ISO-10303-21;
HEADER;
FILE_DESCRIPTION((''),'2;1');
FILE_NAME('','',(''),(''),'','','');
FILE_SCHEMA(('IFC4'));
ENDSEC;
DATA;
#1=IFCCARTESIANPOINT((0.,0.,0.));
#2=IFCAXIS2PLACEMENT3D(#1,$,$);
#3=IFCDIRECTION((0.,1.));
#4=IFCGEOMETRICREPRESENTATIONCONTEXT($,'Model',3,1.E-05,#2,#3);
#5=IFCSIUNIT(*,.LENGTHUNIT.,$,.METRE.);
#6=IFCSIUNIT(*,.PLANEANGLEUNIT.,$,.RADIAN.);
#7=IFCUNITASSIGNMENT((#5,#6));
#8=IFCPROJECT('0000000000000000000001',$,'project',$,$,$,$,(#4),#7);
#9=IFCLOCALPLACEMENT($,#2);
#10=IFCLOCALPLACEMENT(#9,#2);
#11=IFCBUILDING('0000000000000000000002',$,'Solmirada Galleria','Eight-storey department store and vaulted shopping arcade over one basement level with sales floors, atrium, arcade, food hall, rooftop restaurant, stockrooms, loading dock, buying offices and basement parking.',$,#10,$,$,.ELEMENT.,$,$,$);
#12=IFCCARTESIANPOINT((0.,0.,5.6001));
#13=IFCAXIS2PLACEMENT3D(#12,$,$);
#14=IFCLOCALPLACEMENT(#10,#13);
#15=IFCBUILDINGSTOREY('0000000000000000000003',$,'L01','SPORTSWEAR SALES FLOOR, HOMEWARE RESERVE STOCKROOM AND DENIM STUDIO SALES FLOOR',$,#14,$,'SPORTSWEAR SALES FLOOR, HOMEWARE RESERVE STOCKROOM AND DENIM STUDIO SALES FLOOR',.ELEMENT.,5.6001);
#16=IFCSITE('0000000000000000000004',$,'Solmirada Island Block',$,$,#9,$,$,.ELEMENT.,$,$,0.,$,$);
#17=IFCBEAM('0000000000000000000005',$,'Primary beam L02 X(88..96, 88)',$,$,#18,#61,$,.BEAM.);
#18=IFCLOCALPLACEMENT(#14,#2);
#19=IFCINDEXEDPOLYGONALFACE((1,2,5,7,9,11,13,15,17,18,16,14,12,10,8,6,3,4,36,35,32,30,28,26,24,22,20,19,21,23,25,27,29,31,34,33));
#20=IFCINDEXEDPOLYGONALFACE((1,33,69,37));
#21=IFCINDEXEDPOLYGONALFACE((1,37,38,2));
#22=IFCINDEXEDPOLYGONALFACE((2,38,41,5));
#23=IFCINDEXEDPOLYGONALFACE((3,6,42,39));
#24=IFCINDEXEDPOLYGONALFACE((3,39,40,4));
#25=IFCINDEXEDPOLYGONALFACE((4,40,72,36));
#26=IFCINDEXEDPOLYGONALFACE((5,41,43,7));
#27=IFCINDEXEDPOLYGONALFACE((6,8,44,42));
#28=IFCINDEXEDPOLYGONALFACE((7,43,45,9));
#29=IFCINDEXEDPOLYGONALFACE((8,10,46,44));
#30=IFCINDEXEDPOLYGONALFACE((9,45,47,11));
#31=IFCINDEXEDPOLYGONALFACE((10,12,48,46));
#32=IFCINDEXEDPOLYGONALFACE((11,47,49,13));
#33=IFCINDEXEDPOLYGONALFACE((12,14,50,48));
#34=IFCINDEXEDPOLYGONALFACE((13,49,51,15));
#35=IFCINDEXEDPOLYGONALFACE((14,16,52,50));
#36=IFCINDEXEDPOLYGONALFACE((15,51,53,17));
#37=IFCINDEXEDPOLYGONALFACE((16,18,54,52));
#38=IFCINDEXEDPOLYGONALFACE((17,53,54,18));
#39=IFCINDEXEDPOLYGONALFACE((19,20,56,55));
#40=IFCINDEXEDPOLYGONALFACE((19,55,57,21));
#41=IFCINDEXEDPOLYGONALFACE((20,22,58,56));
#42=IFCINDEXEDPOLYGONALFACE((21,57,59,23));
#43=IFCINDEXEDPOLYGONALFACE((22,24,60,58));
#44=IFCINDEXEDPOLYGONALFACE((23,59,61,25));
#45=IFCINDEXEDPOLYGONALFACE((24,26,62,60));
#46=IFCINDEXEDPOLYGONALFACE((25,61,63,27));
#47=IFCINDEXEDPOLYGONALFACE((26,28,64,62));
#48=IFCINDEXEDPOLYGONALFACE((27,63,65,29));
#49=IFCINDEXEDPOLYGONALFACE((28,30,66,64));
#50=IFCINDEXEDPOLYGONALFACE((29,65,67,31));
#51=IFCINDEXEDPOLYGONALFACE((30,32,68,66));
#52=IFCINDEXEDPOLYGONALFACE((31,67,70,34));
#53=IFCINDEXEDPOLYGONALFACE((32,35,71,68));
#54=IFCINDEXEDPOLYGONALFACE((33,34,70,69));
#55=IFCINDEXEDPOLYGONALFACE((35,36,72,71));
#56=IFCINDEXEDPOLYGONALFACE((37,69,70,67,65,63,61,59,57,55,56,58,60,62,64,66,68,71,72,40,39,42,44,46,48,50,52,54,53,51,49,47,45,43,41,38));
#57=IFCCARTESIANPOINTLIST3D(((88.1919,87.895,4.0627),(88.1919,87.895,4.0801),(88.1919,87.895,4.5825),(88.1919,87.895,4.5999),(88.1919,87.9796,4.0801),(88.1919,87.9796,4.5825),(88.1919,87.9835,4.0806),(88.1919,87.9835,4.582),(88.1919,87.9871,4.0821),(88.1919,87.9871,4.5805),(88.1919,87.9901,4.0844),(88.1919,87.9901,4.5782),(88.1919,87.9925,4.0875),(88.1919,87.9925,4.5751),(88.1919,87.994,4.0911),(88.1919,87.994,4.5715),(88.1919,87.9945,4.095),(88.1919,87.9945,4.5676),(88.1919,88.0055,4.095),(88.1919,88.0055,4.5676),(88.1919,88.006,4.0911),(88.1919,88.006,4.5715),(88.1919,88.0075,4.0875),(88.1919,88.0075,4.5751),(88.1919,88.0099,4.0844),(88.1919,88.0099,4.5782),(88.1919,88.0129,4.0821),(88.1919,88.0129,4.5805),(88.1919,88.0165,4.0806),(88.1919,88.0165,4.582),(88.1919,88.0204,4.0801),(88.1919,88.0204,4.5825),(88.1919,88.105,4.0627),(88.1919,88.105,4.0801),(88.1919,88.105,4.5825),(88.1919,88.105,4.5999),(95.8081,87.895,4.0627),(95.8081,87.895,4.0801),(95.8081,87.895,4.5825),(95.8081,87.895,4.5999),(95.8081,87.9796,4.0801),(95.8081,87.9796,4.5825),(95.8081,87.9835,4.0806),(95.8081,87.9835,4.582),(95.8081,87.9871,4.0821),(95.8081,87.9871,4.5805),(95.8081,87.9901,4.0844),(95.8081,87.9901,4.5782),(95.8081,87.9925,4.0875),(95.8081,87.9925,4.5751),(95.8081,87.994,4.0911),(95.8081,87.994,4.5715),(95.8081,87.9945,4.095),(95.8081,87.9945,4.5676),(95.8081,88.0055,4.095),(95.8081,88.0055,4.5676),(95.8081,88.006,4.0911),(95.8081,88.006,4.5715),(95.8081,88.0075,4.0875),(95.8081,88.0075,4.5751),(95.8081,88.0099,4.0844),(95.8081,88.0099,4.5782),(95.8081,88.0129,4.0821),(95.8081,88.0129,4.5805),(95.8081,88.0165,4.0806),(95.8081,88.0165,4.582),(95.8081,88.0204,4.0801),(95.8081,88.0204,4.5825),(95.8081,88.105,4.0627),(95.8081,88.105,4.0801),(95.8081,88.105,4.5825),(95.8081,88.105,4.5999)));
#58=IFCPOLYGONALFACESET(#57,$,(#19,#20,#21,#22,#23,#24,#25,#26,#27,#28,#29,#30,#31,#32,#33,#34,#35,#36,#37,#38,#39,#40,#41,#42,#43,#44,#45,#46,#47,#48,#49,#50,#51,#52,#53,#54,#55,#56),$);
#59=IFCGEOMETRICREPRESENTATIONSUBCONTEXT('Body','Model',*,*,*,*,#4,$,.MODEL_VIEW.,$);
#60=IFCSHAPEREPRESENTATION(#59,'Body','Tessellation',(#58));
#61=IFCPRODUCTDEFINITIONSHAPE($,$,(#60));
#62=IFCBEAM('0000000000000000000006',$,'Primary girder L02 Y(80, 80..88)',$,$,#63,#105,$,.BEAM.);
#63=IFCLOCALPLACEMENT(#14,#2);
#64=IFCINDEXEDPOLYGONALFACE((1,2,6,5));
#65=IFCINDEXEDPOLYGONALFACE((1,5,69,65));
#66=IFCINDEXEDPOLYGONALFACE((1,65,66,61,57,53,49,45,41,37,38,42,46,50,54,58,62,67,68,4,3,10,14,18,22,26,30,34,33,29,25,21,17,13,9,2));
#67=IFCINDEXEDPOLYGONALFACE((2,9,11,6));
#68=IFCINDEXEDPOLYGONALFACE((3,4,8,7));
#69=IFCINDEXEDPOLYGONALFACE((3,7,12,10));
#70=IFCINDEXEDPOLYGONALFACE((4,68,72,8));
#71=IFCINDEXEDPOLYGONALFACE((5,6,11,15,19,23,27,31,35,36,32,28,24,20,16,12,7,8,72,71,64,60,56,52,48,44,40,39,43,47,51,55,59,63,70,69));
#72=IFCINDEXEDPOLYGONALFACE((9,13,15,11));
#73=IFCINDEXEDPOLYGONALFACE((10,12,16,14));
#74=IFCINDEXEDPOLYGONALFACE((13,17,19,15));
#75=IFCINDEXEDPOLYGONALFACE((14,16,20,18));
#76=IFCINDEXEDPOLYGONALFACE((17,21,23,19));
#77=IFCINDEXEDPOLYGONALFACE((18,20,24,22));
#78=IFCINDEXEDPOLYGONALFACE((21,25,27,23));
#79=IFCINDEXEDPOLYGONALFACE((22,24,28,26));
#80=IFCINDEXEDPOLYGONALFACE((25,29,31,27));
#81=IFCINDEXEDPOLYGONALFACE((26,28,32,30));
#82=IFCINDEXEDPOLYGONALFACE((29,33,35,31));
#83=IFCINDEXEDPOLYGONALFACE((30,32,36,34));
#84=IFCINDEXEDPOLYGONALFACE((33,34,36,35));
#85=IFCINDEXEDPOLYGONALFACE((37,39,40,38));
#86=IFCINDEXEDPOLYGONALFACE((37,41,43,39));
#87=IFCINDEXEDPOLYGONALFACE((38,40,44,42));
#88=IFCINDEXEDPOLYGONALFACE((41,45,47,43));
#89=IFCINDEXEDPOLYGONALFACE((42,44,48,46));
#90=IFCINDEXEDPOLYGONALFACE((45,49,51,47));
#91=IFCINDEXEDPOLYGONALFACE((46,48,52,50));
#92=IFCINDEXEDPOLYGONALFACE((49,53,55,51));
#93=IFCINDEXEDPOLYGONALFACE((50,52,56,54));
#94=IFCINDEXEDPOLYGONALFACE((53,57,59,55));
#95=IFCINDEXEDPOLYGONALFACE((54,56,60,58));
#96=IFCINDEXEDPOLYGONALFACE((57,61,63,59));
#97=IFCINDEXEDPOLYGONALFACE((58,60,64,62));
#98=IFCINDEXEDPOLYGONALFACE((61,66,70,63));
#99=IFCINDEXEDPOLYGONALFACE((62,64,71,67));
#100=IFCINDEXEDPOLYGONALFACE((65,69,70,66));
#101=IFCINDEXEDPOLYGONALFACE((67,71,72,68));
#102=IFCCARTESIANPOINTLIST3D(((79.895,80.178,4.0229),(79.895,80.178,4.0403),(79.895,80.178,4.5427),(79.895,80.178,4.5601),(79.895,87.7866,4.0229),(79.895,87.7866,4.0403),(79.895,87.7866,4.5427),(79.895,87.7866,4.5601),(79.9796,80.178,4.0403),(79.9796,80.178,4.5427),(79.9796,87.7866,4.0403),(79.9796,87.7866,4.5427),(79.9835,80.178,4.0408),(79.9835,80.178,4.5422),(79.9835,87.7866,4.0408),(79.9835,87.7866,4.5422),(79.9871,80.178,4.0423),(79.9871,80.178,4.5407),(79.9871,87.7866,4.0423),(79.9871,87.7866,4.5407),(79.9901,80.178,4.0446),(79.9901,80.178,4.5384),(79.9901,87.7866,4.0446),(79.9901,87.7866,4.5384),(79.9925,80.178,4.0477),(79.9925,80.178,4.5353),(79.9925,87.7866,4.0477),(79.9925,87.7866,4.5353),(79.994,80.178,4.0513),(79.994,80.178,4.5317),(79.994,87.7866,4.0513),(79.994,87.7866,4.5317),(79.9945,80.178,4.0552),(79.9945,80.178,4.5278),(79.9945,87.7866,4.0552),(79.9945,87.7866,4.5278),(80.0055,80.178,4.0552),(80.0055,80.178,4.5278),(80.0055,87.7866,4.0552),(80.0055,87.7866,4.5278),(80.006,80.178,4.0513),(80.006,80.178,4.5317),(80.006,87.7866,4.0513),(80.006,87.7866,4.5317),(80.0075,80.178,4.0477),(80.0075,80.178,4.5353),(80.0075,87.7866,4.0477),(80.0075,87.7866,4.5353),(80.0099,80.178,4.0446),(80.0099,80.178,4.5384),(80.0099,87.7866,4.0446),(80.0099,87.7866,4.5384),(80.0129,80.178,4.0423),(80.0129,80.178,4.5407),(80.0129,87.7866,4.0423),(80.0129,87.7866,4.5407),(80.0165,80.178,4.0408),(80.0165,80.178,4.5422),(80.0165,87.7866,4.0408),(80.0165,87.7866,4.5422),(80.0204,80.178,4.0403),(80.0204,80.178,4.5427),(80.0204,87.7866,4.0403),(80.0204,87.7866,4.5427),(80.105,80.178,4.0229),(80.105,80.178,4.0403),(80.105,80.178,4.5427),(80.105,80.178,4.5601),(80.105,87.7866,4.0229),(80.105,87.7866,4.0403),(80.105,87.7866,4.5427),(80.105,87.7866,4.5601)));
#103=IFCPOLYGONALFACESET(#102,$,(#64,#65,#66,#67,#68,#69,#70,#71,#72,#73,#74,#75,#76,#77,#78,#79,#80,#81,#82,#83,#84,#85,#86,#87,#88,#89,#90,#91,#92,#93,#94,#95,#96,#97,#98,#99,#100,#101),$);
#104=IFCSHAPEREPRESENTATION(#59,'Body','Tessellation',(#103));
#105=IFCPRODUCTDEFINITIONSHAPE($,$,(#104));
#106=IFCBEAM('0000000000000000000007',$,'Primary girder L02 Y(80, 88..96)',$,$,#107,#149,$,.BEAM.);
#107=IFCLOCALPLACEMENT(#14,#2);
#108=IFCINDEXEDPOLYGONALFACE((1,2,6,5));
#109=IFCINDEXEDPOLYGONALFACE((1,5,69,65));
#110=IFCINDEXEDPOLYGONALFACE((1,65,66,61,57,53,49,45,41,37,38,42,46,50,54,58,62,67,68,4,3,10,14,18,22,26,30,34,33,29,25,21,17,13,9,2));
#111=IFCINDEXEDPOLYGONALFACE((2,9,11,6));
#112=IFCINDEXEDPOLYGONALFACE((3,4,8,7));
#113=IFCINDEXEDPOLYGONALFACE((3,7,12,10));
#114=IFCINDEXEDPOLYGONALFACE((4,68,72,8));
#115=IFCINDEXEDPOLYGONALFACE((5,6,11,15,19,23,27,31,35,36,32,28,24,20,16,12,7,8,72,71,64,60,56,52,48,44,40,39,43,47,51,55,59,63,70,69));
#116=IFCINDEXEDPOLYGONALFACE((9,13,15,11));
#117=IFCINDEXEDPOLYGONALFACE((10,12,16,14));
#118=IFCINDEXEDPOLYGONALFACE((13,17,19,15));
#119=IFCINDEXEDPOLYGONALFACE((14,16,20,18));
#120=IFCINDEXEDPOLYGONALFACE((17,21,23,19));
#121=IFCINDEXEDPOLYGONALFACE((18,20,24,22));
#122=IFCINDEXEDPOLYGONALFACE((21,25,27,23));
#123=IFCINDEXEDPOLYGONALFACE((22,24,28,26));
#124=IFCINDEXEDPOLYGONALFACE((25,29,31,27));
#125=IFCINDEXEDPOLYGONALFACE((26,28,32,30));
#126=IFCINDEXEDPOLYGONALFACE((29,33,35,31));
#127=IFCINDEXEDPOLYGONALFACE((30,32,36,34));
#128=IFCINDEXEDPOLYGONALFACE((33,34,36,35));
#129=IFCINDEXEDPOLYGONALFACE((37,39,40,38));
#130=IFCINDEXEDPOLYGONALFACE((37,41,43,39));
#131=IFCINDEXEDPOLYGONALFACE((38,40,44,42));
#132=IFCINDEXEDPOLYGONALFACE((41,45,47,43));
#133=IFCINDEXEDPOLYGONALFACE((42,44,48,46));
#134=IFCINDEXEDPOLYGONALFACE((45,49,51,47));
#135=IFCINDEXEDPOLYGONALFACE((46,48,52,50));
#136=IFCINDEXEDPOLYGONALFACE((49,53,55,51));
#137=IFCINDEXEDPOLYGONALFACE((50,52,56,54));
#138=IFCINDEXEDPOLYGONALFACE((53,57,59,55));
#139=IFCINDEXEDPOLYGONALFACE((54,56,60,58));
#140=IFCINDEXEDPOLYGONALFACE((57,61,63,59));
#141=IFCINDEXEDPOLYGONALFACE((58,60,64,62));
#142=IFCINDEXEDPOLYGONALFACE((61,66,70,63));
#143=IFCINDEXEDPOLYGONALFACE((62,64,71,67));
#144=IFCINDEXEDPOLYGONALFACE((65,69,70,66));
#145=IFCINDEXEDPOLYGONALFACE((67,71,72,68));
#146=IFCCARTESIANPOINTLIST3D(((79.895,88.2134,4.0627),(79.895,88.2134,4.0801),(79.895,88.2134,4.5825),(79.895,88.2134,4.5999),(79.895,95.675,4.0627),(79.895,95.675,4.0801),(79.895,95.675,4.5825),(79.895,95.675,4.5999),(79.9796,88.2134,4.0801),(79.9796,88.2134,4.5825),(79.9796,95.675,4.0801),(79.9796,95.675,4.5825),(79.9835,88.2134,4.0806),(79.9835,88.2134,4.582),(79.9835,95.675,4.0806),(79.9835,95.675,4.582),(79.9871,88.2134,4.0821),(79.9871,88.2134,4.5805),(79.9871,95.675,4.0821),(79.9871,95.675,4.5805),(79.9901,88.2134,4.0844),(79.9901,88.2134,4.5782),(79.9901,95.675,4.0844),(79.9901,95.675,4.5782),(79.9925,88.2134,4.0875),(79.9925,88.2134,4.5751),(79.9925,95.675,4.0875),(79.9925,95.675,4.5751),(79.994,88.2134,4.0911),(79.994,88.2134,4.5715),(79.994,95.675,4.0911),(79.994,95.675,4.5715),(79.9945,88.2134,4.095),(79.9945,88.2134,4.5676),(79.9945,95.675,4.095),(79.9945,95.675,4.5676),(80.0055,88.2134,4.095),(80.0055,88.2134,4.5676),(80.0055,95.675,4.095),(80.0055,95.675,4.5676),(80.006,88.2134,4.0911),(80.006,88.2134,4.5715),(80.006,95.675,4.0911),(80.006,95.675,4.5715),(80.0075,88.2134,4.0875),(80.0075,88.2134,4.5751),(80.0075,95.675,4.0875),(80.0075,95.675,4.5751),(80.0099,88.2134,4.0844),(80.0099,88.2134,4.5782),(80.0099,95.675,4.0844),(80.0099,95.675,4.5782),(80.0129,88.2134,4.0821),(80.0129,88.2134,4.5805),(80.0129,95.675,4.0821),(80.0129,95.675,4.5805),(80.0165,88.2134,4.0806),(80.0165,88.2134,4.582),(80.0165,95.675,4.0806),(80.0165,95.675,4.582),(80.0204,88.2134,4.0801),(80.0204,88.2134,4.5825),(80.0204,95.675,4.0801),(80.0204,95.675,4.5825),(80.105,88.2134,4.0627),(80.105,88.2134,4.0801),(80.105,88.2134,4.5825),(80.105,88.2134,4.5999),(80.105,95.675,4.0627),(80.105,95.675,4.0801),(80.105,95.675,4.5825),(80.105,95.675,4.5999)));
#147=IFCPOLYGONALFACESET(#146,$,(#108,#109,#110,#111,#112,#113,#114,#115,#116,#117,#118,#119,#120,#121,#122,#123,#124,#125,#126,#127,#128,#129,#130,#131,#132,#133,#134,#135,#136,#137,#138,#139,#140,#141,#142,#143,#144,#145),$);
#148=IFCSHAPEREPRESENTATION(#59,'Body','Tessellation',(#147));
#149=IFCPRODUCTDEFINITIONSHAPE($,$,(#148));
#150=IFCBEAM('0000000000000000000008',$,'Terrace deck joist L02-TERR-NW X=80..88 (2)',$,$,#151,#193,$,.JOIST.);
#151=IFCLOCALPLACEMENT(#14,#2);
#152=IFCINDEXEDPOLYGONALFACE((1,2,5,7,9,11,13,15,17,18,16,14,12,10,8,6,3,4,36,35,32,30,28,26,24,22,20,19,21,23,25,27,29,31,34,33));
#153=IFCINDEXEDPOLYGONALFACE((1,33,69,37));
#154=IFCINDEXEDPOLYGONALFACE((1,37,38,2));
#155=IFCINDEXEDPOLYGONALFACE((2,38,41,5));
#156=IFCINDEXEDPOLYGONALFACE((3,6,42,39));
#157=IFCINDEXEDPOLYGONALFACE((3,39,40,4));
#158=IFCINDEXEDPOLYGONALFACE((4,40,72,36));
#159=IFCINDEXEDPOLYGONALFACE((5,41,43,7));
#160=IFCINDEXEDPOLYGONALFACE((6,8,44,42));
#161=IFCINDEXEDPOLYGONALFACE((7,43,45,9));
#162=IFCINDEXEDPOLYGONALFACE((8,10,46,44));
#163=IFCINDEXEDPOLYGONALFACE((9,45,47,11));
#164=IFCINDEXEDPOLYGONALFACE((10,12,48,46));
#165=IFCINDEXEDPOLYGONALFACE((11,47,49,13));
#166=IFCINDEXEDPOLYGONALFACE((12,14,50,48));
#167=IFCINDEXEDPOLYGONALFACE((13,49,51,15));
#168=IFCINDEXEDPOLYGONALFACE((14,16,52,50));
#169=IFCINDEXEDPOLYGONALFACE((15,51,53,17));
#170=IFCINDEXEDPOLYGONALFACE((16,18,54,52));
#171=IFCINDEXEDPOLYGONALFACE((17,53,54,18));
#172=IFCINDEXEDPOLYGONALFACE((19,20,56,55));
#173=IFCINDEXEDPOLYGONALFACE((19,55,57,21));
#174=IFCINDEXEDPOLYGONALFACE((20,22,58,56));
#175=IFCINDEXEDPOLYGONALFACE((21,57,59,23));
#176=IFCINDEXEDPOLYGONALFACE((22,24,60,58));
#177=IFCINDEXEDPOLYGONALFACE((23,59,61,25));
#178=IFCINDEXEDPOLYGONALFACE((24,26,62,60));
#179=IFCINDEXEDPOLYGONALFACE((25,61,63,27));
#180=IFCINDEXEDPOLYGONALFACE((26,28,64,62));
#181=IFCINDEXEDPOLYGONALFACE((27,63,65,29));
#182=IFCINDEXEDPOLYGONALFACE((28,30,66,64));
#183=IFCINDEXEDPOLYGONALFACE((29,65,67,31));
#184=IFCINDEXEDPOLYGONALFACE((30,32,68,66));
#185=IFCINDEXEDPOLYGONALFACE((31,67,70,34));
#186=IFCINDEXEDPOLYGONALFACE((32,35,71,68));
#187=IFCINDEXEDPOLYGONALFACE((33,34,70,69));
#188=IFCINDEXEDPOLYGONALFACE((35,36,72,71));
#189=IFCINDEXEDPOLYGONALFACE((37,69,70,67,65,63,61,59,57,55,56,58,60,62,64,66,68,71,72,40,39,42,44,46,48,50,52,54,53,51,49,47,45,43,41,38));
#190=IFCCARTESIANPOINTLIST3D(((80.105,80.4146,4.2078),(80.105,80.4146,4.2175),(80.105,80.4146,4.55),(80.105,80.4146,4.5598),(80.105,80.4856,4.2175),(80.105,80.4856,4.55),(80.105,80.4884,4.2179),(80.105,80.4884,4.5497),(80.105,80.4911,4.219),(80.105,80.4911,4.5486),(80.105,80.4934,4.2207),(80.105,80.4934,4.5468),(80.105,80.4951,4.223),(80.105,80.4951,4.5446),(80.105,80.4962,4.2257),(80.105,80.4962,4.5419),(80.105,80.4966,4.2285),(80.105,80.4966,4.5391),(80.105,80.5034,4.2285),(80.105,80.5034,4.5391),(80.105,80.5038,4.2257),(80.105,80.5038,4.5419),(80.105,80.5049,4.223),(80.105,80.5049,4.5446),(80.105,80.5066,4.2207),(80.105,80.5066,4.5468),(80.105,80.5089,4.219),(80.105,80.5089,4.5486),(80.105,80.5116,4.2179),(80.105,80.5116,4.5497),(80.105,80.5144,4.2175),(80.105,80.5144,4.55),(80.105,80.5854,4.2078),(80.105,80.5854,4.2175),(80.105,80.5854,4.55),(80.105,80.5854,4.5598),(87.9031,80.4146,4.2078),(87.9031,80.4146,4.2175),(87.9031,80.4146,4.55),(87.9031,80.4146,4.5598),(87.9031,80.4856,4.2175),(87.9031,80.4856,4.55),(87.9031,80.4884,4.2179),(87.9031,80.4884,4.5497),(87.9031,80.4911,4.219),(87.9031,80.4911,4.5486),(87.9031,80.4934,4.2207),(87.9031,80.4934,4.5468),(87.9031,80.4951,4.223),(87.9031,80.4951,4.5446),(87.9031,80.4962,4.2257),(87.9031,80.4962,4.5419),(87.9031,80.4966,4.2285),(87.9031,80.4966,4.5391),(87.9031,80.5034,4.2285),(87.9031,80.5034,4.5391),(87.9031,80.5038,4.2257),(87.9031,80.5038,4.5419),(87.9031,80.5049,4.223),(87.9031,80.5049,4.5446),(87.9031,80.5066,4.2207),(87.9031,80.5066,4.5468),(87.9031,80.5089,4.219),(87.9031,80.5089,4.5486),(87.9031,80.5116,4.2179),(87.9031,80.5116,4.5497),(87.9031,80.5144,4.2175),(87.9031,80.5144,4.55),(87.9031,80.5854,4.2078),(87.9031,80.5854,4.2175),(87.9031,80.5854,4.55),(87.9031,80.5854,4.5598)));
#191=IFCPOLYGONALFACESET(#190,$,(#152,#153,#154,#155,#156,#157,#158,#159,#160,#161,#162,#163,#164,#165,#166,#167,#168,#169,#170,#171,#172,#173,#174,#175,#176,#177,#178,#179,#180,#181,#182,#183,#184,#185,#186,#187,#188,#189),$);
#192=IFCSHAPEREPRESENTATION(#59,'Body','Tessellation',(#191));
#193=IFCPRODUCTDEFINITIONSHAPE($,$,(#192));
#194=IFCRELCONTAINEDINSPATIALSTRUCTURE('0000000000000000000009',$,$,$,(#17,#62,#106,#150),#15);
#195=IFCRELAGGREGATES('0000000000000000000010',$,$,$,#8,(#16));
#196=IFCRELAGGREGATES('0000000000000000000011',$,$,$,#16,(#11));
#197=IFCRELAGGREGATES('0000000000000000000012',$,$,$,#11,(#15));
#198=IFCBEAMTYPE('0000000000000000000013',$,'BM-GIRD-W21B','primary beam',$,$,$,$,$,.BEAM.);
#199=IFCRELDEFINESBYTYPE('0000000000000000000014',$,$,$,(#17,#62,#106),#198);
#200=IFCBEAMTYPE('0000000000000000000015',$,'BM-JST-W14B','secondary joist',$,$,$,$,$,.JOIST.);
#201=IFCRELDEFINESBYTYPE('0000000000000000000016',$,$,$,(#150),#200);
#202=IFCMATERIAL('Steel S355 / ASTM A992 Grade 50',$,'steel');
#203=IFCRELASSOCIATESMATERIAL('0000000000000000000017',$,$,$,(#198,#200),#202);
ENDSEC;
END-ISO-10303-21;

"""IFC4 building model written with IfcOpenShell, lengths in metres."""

from ifc_helpers import new_model, si_unit, direction, frame, origin, origin_2d, place, context, subcontext, project, spatial, i_section, extrude, material, material_profile, profile_set, type_object, element, save


model = new_model("IFC4")

# Units and contexts
model_context = context("Model", 3, precision=1e-05, world=origin(), true_north=direction((0.0, 1.0)))
body_context = subcontext(model_context, "Body", "Model", "MODEL_VIEW")
ifc_project = project(units=[si_unit("LENGTHUNIT", "METRE"), si_unit("PLANEANGLEUNIT", "RADIAN")], contexts=[model_context])

# Site, building, storey
site_placement = place(None, origin())
site = spatial("IfcSite", under=ifc_project, at=site_placement, Name="Solmirada Island Block", CompositionType="ELEMENT", RefElevation=0.0)
building_placement = place(site_placement, origin())
building = spatial("IfcBuilding", under=site, at=building_placement, Name="Solmirada Galleria", Description="Eight-storey department store and vaulted shopping arcade over one basement level with sales floors, atrium, arcade, food hall, rooftop restaurant, stockrooms, loading dock, buying offices and basement parking.", CompositionType="ELEMENT")
storey_placement = place(building_placement, frame((0.0, 0.0, 5.6001)))
storey = spatial("IfcBuildingStorey", under=building, at=storey_placement, Name="L01", Description="SPORTSWEAR SALES FLOOR, HOMEWARE RESERVE STOCKROOM AND DENIM STUDIO SALES FLOOR", LongName="SPORTSWEAR SALES FLOOR, HOMEWARE RESERVE STOCKROOM AND DENIM STUDIO SALES FLOOR", CompositionType="ELEMENT", Elevation=5.6001)

# Beams
ifc_material_1 = material(Name="Steel S355 / ASTM A992 Grade 50", Category="steel")
ifc_material_profile_1 = material_profile(ifc_material_1, i_section(OverallWidth=0.21, OverallDepth=0.5371, WebThickness=0.011, FlangeThickness=0.0173, FilletRadius=0.0149, at=origin_2d()), Name="W21X68")
ifc_profile_set_1 = profile_set([ifc_material_profile_1], Name="Steel S355 / ASTM A992 Grade 50")
beam_type_1 = type_object("IfcBeamType", Name="BM-GIRD-W21B", Description="primary beam", PredefinedType="BEAM", material=ifc_profile_set_1)
beam_1_placement = place(storey_placement, frame((88.1919, 88.0, 4.3313), z_axis=(1.0, 0.0, 0.0), x_axis=(0.0, 1.0, 0.0)))
element("IfcBeam", 1, at=beam_1_placement, inside=storey, type_object=beam_type_1, Name="Primary beam L02 X(88..96, 88)", PredefinedType="BEAM", context=body_context, shape_type="SweptSolid", body=[
    extrude(i_section(OverallWidth=0.21, OverallDepth=0.5371, WebThickness=0.011, FlangeThickness=0.0173, FilletRadius=0.0149, at=origin_2d()), origin(), (0.0, 0.0, 1.0), 7.6162),
])
beam_2_placement = place(storey_placement, frame((80.0, 80.178, 4.2915), z_axis=(0.0, 1.0, 0.0), x_axis=(-1.0, 0.0, 0.0)))
element("IfcBeam", 2, at=beam_2_placement, inside=storey, type_object=beam_type_1, Name="Primary girder L02 Y(80, 80..88)", PredefinedType="BEAM", context=body_context, shape_type="SweptSolid", body=[
    extrude(i_section(OverallWidth=0.21, OverallDepth=0.5371, WebThickness=0.011, FlangeThickness=0.0173, FilletRadius=0.0149, at=origin_2d()), origin(), (0.0, 0.0, 1.0), 7.6086),
])
beam_3_placement = place(storey_placement, frame((80.0, 88.2134, 4.3313), z_axis=(0.0, 1.0, 0.0), x_axis=(-1.0, 0.0, 0.0)))
element("IfcBeam", 3, at=beam_3_placement, inside=storey, type_object=beam_type_1, Name="Primary girder L02 Y(80, 88..96)", PredefinedType="BEAM", context=body_context, shape_type="SweptSolid", body=[
    extrude(i_section(OverallWidth=0.21, OverallDepth=0.5371, WebThickness=0.011, FlangeThickness=0.0173, FilletRadius=0.0149, at=origin_2d()), origin(), (0.0, 0.0, 1.0), 7.4617),
])
ifc_material_profile_2 = material_profile(ifc_material_1, i_section(OverallWidth=0.1709, OverallDepth=0.3521, WebThickness=0.0068, FlangeThickness=0.0098, FilletRadius=0.011, at=origin_2d()), Name="W14X30")
ifc_profile_set_2 = profile_set([ifc_material_profile_2], Name="Steel S355 / ASTM A992 Grade 50")
beam_type_2 = type_object("IfcBeamType", Name="BM-JST-W14B", Description="secondary joist", PredefinedType="JOIST", material=ifc_profile_set_2)
beam_4_placement = place(storey_placement, frame((80.105, 80.5, 4.3838), z_axis=(1.0, 0.0, 0.0), x_axis=(0.0, 1.0, 0.0)))
element("IfcBeam", 4, at=beam_4_placement, inside=storey, type_object=beam_type_2, Name="Terrace deck joist L02-TERR-NW X=80..88 (2)", PredefinedType="JOIST", context=body_context, shape_type="SweptSolid", body=[
    extrude(i_section(OverallWidth=0.1709, OverallDepth=0.3521, WebThickness=0.0068, FlangeThickness=0.0098, FilletRadius=0.011, at=origin_2d()), origin(), (0.0, 0.0, 1.0), 7.7981),
])

save(model, "model.ifc")
